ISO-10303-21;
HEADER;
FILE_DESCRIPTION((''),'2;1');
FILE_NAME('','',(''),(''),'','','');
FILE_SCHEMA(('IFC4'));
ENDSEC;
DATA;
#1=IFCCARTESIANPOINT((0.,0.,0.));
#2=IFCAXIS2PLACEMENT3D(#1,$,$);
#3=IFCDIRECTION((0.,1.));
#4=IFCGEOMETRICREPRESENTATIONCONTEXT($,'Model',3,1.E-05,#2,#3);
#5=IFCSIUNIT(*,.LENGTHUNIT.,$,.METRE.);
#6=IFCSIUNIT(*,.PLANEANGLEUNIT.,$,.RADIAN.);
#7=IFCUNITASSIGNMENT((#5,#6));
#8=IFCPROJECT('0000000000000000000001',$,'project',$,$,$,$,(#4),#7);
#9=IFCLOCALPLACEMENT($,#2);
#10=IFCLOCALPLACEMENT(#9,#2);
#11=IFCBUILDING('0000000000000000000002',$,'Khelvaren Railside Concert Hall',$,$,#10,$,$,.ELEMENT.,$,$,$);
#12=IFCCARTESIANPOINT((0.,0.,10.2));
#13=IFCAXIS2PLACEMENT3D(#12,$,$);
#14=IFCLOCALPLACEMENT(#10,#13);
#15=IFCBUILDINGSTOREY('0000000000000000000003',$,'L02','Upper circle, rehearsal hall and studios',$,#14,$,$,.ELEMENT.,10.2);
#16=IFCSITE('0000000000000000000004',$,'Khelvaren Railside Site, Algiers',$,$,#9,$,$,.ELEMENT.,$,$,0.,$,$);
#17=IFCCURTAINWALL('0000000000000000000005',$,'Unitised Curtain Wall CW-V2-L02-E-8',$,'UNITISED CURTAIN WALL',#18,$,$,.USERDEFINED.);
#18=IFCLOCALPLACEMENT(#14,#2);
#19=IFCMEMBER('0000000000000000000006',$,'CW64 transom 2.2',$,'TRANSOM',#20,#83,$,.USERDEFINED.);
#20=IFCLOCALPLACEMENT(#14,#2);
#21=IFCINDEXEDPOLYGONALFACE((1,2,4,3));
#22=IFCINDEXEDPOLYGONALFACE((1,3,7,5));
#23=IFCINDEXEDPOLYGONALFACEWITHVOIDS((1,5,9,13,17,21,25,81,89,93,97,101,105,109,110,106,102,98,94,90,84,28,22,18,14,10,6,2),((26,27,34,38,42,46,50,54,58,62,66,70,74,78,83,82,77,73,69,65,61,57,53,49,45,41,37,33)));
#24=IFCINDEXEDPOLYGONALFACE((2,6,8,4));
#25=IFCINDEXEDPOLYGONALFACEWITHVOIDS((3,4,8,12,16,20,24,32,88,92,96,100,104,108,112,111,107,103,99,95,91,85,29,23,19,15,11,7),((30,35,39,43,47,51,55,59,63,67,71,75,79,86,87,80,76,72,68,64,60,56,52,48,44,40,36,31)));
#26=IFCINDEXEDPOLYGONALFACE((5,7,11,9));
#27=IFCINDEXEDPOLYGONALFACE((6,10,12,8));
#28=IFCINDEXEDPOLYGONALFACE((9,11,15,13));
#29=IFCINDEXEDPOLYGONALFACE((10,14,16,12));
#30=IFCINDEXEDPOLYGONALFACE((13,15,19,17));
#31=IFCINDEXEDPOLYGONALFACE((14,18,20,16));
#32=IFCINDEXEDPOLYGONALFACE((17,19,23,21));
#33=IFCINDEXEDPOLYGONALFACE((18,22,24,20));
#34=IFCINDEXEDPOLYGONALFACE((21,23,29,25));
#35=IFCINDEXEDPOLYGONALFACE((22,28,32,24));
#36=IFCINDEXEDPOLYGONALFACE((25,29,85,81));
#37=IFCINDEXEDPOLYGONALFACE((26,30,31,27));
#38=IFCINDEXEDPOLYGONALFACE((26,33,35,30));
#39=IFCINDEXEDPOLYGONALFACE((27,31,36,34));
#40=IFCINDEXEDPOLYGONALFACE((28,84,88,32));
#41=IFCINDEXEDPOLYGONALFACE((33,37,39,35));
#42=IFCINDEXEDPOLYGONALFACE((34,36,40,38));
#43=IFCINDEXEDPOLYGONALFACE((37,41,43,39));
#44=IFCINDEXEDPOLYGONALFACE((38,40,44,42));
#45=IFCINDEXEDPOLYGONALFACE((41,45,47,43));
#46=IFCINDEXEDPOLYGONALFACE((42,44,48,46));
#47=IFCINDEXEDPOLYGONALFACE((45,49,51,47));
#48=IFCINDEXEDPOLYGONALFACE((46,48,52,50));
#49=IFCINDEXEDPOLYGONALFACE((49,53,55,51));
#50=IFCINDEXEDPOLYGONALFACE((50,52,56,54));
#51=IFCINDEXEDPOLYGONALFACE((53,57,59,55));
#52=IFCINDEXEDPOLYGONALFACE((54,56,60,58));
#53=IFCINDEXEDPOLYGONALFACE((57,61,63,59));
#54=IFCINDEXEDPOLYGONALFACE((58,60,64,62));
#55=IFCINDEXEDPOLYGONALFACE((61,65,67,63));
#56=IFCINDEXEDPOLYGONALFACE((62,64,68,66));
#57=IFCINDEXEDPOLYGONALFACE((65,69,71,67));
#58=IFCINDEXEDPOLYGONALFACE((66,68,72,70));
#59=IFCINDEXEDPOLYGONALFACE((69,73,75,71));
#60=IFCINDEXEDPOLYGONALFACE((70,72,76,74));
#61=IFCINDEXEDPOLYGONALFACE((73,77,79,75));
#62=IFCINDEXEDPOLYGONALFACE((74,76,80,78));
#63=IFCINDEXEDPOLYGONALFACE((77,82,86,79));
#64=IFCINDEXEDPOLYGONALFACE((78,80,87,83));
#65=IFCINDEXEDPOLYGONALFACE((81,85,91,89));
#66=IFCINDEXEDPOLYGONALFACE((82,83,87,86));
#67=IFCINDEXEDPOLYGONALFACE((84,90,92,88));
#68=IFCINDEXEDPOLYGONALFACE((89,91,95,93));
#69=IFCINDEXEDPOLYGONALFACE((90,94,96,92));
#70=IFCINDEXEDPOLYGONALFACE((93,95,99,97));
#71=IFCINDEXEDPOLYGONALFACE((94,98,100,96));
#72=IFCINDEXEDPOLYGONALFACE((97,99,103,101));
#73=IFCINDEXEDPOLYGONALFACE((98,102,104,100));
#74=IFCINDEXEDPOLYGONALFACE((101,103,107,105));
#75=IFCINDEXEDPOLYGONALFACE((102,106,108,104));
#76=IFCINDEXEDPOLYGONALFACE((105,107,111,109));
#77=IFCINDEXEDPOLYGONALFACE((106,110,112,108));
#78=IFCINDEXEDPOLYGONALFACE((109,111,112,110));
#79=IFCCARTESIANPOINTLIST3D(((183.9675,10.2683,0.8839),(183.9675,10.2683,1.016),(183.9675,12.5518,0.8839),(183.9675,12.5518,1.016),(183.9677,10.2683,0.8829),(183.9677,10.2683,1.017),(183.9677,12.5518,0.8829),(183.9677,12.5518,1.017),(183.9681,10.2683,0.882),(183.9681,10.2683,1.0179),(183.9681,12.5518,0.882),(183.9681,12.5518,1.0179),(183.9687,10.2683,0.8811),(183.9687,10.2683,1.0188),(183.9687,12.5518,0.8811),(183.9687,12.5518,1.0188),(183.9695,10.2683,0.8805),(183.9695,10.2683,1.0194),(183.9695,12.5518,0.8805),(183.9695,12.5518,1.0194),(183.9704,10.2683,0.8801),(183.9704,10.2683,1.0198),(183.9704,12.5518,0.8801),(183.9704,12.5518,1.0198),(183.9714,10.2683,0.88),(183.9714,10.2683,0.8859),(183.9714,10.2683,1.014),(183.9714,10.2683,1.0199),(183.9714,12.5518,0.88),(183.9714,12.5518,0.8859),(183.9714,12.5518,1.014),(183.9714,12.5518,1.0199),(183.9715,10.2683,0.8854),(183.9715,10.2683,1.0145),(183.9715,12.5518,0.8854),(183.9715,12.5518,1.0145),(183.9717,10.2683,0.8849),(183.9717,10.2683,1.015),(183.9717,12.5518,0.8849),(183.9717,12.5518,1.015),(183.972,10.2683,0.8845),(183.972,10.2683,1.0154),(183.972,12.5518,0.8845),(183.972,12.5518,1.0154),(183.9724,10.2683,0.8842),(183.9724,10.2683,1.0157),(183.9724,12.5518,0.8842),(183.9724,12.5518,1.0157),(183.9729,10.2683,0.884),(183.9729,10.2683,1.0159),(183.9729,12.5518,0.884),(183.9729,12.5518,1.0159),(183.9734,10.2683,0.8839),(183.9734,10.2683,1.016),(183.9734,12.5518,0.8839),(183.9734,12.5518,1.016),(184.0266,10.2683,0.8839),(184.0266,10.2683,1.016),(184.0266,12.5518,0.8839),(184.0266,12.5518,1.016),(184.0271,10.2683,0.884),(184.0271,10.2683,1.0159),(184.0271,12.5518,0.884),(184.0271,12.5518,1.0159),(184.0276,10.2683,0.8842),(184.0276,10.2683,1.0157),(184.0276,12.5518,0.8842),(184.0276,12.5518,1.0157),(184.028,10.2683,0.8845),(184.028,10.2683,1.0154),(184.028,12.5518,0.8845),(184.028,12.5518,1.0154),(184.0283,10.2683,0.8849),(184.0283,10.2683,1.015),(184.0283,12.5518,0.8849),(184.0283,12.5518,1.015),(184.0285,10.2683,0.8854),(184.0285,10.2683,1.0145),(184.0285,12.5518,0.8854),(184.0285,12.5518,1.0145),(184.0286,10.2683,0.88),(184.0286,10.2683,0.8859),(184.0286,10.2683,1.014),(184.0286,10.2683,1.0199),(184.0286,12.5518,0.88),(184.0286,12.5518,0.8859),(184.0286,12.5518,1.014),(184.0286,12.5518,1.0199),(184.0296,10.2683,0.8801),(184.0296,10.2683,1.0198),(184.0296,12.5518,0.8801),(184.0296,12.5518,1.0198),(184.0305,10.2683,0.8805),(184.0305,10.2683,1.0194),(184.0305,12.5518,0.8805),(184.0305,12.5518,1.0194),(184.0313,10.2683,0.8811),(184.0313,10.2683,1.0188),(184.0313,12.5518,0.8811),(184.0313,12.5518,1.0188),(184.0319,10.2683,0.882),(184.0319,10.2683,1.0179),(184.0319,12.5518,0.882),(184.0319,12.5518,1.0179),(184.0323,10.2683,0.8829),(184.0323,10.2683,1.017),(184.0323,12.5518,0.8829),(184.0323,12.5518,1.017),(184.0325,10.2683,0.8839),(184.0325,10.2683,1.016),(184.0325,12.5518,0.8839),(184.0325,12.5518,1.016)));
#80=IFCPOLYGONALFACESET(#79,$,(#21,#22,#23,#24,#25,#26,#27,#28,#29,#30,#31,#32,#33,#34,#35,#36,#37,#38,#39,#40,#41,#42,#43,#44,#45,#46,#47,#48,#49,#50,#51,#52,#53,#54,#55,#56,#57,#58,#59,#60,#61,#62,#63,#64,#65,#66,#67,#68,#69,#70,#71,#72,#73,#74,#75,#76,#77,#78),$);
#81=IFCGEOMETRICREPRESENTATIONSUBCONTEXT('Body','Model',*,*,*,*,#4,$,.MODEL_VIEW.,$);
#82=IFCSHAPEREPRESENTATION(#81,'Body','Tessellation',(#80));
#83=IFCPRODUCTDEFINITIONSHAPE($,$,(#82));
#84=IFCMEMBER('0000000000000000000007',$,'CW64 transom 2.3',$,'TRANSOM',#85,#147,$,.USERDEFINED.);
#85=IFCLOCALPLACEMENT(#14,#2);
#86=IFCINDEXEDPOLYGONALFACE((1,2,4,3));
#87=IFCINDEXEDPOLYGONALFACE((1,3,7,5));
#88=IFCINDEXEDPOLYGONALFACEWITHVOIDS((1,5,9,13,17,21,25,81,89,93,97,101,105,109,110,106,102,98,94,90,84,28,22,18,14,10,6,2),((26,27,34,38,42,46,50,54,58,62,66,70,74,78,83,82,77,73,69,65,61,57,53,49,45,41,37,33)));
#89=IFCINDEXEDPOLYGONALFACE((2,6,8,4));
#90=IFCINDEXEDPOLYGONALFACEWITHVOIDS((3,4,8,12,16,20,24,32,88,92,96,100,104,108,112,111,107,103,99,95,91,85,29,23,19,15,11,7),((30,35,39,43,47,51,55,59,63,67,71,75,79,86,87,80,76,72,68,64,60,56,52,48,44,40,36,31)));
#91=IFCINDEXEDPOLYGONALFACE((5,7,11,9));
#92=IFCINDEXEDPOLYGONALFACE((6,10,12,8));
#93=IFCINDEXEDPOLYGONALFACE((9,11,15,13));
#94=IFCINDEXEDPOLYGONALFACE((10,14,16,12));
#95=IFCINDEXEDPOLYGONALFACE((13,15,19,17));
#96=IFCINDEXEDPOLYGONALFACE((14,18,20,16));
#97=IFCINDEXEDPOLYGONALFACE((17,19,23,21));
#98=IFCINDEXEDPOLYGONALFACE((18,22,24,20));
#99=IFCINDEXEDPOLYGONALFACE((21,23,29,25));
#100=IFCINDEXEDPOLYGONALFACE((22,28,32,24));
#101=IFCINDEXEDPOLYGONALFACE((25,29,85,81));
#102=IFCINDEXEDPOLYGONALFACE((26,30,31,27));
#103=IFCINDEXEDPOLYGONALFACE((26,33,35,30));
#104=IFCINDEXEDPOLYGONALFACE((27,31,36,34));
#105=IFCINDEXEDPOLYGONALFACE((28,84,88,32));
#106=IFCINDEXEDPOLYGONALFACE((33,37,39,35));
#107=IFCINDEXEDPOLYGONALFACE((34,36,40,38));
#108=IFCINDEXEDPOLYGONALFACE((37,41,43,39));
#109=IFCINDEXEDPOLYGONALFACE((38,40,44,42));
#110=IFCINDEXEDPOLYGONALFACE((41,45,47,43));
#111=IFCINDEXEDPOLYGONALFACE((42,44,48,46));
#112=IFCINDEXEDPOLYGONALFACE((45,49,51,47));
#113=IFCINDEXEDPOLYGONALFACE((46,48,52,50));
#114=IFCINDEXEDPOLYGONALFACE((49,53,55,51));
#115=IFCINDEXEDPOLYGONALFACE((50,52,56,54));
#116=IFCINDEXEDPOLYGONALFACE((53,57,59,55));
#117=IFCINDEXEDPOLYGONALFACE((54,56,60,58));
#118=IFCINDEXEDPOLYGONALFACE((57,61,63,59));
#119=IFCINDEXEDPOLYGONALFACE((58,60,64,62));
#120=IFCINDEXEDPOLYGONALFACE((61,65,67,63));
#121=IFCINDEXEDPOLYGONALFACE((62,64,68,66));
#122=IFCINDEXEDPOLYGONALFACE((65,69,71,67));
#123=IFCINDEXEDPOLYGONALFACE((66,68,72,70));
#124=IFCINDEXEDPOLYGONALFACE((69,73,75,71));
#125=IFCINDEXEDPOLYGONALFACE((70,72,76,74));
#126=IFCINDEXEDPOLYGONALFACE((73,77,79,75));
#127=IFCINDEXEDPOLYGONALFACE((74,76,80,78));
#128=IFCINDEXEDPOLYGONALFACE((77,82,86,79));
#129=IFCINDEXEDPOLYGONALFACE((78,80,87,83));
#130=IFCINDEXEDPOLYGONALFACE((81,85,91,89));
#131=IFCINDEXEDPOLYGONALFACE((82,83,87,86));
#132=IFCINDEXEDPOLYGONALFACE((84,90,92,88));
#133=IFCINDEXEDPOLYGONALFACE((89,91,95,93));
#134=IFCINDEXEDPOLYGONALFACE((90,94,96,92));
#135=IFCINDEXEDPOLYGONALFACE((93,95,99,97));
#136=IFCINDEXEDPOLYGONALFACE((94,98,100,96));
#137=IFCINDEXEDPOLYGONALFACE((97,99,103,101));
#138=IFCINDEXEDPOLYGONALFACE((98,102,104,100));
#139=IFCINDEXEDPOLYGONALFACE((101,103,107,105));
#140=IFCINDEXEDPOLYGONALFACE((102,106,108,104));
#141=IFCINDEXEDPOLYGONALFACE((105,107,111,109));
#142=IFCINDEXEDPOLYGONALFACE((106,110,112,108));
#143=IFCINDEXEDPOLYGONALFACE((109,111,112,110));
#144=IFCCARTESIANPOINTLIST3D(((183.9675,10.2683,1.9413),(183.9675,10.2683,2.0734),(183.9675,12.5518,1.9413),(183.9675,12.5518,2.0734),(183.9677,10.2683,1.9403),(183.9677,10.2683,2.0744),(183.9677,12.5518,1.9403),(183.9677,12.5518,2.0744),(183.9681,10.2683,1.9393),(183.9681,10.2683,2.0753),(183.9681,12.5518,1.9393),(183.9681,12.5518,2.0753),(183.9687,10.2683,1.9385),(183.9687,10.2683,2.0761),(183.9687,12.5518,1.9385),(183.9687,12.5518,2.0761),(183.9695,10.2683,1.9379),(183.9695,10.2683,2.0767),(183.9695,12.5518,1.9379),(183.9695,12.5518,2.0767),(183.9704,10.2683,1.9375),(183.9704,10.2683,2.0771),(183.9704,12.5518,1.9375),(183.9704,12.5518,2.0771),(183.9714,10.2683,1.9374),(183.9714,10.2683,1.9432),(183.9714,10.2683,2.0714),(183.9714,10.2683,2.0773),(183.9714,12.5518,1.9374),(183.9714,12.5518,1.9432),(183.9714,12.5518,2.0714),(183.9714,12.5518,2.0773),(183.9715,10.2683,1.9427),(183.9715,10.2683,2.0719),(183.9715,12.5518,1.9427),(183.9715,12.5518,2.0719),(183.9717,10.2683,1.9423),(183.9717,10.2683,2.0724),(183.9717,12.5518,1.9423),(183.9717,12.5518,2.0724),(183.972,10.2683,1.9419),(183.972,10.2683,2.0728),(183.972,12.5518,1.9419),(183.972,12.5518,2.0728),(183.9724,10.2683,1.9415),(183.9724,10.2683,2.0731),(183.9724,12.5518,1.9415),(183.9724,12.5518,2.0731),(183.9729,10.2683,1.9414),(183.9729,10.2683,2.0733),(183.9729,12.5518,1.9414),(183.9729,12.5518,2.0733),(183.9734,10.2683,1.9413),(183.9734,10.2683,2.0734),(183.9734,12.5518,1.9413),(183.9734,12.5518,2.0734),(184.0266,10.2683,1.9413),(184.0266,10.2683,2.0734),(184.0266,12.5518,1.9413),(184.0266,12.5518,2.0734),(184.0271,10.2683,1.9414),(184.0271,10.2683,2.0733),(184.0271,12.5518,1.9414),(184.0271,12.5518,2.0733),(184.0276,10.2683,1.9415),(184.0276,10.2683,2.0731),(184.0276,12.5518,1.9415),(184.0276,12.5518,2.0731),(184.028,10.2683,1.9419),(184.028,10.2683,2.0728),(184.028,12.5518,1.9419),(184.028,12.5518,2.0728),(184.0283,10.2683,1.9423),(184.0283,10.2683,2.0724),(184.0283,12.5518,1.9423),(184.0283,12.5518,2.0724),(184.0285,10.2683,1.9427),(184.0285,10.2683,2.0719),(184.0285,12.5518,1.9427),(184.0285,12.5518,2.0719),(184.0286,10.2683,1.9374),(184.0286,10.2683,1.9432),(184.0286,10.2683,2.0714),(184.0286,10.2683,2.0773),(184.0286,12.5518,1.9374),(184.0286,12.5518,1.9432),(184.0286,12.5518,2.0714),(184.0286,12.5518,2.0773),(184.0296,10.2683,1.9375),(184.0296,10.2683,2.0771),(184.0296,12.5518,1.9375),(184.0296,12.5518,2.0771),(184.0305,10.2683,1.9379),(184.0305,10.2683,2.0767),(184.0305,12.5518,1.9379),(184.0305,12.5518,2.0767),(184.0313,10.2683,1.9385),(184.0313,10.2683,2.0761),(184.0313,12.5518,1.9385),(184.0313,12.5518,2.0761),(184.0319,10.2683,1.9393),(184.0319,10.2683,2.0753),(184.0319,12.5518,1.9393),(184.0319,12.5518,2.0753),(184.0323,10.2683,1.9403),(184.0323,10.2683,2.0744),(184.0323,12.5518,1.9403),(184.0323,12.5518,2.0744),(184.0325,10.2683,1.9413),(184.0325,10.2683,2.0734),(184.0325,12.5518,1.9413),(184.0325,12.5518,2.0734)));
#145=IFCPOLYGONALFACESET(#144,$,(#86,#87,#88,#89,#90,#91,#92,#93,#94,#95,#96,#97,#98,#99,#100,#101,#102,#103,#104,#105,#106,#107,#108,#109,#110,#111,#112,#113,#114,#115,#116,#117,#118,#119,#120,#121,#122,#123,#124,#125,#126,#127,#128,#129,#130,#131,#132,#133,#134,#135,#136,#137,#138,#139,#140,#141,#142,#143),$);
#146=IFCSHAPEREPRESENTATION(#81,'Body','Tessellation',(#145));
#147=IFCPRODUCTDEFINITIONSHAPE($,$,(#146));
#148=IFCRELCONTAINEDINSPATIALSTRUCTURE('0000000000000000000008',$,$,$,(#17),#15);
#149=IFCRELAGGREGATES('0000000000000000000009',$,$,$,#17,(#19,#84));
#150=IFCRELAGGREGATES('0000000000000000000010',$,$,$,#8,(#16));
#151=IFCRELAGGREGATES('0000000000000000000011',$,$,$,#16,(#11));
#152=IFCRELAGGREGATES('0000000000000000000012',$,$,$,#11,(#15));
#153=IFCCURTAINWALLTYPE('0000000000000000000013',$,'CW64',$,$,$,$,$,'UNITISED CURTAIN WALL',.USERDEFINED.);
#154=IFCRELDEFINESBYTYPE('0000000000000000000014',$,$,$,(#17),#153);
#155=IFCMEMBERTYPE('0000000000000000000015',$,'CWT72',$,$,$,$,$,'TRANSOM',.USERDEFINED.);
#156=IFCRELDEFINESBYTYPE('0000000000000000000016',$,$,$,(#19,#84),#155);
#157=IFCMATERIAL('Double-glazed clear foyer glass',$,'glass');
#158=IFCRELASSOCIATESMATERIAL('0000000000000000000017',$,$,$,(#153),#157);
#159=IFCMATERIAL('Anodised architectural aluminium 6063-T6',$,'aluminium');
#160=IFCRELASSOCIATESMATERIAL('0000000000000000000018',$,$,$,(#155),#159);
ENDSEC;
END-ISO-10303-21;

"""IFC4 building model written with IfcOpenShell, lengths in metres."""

from ifc_helpers import new_model, si_unit, direction, frame, origin, origin_2d, place, context, subcontext, project, spatial, hollow_rectangle, extrude, material, material_profile, profile_set, type_object, element, aggregate, save


model = new_model("IFC4")

# Units and contexts
model_context = context("Model", 3, precision=1e-05, world=origin(), true_north=direction((0.0, 1.0)))
body_context = subcontext(model_context, "Body", "Model", "MODEL_VIEW")
ifc_project = project(units=[si_unit("LENGTHUNIT", "METRE"), si_unit("PLANEANGLEUNIT", "RADIAN")], contexts=[model_context])

# Site, building, storey
site_placement = place(None, origin())
site = spatial("IfcSite", under=ifc_project, at=site_placement, Name="Khelvaren Railside Site, Algiers", CompositionType="ELEMENT", RefElevation=0.0)
building_placement = place(site_placement, origin())
building = spatial("IfcBuilding", under=site, at=building_placement, Name="Khelvaren Railside Concert Hall", CompositionType="ELEMENT")
storey_placement = place(building_placement, frame((0.0, 0.0, 10.2)))
storey = spatial("IfcBuildingStorey", under=building, at=storey_placement, Name="L02", Description="Upper circle, rehearsal hall and studios", CompositionType="ELEMENT", Elevation=10.2)

# Curtain wall
ifc_material_1 = material(Name="Double-glazed clear foyer glass", Category="glass")
curtain_wall_type_1 = type_object("IfcCurtainWallType", Name="CW64", ElementType="UNITISED CURTAIN WALL", PredefinedType="USERDEFINED", material=ifc_material_1)
curtain_wall_1_placement = place(storey_placement, origin())
curtain_wall_1 = element("IfcCurtainWall", 1, at=curtain_wall_1_placement, inside=storey, type_object=curtain_wall_type_1, Name="Unitised Curtain Wall CW-V2-L02-E-8", ObjectType="UNITISED CURTAIN WALL", PredefinedType="USERDEFINED")
ifc_material_2 = material(Name="Anodised architectural aluminium 6063-T6", Category="aluminium")

# Members
ifc_material_profile_1 = material_profile(ifc_material_2, hollow_rectangle(XDim=0.0649, YDim=0.1399, WallThickness=0.0039, InnerFilletRadius=0.002, OuterFilletRadius=0.0039, at=origin_2d()), Name="CWT 65x140x4")
ifc_profile_set_1 = profile_set([ifc_material_profile_1], Name="Anodised architectural aluminium 6063-T6")
member_type_1 = type_object("IfcMemberType", Name="CWT72", ElementType="TRANSOM", PredefinedType="USERDEFINED", material=ifc_profile_set_1)
member_1_placement = place(storey_placement, frame((184.0, 12.5518, 0.95), z_axis=(0.0, -1.0, 0.0), x_axis=(1.0, 0.0, 0.0)))
member_1 = element("IfcMember", 2, at=member_1_placement, type_object=member_type_1, Name="CW64 transom 2.2", ObjectType="TRANSOM", PredefinedType="USERDEFINED", context=body_context, shape_type="SweptSolid", body=[
    extrude(hollow_rectangle(XDim=0.0649, YDim=0.1399, WallThickness=0.0039, InnerFilletRadius=0.002, OuterFilletRadius=0.0039, at=origin_2d()), origin(), (0.0, 0.0, 1.0), 2.2834),
])
member_2_placement = place(storey_placement, frame((184.0, 12.5518, 2.0073), z_axis=(0.0, -1.0, 0.0), x_axis=(1.0, 0.0, 0.0)))
member_2 = element("IfcMember", 3, at=member_2_placement, type_object=member_type_1, Name="CW64 transom 2.3", ObjectType="TRANSOM", PredefinedType="USERDEFINED", context=body_context, shape_type="SweptSolid", body=[
    extrude(hollow_rectangle(XDim=0.0649, YDim=0.1399, WallThickness=0.0039, InnerFilletRadius=0.002, OuterFilletRadius=0.0039, at=origin_2d()), origin(), (0.0, 0.0, 1.0), 2.2834),
])

aggregate(curtain_wall_1, [member_1, member_2])

save(model, "model.ifc")
